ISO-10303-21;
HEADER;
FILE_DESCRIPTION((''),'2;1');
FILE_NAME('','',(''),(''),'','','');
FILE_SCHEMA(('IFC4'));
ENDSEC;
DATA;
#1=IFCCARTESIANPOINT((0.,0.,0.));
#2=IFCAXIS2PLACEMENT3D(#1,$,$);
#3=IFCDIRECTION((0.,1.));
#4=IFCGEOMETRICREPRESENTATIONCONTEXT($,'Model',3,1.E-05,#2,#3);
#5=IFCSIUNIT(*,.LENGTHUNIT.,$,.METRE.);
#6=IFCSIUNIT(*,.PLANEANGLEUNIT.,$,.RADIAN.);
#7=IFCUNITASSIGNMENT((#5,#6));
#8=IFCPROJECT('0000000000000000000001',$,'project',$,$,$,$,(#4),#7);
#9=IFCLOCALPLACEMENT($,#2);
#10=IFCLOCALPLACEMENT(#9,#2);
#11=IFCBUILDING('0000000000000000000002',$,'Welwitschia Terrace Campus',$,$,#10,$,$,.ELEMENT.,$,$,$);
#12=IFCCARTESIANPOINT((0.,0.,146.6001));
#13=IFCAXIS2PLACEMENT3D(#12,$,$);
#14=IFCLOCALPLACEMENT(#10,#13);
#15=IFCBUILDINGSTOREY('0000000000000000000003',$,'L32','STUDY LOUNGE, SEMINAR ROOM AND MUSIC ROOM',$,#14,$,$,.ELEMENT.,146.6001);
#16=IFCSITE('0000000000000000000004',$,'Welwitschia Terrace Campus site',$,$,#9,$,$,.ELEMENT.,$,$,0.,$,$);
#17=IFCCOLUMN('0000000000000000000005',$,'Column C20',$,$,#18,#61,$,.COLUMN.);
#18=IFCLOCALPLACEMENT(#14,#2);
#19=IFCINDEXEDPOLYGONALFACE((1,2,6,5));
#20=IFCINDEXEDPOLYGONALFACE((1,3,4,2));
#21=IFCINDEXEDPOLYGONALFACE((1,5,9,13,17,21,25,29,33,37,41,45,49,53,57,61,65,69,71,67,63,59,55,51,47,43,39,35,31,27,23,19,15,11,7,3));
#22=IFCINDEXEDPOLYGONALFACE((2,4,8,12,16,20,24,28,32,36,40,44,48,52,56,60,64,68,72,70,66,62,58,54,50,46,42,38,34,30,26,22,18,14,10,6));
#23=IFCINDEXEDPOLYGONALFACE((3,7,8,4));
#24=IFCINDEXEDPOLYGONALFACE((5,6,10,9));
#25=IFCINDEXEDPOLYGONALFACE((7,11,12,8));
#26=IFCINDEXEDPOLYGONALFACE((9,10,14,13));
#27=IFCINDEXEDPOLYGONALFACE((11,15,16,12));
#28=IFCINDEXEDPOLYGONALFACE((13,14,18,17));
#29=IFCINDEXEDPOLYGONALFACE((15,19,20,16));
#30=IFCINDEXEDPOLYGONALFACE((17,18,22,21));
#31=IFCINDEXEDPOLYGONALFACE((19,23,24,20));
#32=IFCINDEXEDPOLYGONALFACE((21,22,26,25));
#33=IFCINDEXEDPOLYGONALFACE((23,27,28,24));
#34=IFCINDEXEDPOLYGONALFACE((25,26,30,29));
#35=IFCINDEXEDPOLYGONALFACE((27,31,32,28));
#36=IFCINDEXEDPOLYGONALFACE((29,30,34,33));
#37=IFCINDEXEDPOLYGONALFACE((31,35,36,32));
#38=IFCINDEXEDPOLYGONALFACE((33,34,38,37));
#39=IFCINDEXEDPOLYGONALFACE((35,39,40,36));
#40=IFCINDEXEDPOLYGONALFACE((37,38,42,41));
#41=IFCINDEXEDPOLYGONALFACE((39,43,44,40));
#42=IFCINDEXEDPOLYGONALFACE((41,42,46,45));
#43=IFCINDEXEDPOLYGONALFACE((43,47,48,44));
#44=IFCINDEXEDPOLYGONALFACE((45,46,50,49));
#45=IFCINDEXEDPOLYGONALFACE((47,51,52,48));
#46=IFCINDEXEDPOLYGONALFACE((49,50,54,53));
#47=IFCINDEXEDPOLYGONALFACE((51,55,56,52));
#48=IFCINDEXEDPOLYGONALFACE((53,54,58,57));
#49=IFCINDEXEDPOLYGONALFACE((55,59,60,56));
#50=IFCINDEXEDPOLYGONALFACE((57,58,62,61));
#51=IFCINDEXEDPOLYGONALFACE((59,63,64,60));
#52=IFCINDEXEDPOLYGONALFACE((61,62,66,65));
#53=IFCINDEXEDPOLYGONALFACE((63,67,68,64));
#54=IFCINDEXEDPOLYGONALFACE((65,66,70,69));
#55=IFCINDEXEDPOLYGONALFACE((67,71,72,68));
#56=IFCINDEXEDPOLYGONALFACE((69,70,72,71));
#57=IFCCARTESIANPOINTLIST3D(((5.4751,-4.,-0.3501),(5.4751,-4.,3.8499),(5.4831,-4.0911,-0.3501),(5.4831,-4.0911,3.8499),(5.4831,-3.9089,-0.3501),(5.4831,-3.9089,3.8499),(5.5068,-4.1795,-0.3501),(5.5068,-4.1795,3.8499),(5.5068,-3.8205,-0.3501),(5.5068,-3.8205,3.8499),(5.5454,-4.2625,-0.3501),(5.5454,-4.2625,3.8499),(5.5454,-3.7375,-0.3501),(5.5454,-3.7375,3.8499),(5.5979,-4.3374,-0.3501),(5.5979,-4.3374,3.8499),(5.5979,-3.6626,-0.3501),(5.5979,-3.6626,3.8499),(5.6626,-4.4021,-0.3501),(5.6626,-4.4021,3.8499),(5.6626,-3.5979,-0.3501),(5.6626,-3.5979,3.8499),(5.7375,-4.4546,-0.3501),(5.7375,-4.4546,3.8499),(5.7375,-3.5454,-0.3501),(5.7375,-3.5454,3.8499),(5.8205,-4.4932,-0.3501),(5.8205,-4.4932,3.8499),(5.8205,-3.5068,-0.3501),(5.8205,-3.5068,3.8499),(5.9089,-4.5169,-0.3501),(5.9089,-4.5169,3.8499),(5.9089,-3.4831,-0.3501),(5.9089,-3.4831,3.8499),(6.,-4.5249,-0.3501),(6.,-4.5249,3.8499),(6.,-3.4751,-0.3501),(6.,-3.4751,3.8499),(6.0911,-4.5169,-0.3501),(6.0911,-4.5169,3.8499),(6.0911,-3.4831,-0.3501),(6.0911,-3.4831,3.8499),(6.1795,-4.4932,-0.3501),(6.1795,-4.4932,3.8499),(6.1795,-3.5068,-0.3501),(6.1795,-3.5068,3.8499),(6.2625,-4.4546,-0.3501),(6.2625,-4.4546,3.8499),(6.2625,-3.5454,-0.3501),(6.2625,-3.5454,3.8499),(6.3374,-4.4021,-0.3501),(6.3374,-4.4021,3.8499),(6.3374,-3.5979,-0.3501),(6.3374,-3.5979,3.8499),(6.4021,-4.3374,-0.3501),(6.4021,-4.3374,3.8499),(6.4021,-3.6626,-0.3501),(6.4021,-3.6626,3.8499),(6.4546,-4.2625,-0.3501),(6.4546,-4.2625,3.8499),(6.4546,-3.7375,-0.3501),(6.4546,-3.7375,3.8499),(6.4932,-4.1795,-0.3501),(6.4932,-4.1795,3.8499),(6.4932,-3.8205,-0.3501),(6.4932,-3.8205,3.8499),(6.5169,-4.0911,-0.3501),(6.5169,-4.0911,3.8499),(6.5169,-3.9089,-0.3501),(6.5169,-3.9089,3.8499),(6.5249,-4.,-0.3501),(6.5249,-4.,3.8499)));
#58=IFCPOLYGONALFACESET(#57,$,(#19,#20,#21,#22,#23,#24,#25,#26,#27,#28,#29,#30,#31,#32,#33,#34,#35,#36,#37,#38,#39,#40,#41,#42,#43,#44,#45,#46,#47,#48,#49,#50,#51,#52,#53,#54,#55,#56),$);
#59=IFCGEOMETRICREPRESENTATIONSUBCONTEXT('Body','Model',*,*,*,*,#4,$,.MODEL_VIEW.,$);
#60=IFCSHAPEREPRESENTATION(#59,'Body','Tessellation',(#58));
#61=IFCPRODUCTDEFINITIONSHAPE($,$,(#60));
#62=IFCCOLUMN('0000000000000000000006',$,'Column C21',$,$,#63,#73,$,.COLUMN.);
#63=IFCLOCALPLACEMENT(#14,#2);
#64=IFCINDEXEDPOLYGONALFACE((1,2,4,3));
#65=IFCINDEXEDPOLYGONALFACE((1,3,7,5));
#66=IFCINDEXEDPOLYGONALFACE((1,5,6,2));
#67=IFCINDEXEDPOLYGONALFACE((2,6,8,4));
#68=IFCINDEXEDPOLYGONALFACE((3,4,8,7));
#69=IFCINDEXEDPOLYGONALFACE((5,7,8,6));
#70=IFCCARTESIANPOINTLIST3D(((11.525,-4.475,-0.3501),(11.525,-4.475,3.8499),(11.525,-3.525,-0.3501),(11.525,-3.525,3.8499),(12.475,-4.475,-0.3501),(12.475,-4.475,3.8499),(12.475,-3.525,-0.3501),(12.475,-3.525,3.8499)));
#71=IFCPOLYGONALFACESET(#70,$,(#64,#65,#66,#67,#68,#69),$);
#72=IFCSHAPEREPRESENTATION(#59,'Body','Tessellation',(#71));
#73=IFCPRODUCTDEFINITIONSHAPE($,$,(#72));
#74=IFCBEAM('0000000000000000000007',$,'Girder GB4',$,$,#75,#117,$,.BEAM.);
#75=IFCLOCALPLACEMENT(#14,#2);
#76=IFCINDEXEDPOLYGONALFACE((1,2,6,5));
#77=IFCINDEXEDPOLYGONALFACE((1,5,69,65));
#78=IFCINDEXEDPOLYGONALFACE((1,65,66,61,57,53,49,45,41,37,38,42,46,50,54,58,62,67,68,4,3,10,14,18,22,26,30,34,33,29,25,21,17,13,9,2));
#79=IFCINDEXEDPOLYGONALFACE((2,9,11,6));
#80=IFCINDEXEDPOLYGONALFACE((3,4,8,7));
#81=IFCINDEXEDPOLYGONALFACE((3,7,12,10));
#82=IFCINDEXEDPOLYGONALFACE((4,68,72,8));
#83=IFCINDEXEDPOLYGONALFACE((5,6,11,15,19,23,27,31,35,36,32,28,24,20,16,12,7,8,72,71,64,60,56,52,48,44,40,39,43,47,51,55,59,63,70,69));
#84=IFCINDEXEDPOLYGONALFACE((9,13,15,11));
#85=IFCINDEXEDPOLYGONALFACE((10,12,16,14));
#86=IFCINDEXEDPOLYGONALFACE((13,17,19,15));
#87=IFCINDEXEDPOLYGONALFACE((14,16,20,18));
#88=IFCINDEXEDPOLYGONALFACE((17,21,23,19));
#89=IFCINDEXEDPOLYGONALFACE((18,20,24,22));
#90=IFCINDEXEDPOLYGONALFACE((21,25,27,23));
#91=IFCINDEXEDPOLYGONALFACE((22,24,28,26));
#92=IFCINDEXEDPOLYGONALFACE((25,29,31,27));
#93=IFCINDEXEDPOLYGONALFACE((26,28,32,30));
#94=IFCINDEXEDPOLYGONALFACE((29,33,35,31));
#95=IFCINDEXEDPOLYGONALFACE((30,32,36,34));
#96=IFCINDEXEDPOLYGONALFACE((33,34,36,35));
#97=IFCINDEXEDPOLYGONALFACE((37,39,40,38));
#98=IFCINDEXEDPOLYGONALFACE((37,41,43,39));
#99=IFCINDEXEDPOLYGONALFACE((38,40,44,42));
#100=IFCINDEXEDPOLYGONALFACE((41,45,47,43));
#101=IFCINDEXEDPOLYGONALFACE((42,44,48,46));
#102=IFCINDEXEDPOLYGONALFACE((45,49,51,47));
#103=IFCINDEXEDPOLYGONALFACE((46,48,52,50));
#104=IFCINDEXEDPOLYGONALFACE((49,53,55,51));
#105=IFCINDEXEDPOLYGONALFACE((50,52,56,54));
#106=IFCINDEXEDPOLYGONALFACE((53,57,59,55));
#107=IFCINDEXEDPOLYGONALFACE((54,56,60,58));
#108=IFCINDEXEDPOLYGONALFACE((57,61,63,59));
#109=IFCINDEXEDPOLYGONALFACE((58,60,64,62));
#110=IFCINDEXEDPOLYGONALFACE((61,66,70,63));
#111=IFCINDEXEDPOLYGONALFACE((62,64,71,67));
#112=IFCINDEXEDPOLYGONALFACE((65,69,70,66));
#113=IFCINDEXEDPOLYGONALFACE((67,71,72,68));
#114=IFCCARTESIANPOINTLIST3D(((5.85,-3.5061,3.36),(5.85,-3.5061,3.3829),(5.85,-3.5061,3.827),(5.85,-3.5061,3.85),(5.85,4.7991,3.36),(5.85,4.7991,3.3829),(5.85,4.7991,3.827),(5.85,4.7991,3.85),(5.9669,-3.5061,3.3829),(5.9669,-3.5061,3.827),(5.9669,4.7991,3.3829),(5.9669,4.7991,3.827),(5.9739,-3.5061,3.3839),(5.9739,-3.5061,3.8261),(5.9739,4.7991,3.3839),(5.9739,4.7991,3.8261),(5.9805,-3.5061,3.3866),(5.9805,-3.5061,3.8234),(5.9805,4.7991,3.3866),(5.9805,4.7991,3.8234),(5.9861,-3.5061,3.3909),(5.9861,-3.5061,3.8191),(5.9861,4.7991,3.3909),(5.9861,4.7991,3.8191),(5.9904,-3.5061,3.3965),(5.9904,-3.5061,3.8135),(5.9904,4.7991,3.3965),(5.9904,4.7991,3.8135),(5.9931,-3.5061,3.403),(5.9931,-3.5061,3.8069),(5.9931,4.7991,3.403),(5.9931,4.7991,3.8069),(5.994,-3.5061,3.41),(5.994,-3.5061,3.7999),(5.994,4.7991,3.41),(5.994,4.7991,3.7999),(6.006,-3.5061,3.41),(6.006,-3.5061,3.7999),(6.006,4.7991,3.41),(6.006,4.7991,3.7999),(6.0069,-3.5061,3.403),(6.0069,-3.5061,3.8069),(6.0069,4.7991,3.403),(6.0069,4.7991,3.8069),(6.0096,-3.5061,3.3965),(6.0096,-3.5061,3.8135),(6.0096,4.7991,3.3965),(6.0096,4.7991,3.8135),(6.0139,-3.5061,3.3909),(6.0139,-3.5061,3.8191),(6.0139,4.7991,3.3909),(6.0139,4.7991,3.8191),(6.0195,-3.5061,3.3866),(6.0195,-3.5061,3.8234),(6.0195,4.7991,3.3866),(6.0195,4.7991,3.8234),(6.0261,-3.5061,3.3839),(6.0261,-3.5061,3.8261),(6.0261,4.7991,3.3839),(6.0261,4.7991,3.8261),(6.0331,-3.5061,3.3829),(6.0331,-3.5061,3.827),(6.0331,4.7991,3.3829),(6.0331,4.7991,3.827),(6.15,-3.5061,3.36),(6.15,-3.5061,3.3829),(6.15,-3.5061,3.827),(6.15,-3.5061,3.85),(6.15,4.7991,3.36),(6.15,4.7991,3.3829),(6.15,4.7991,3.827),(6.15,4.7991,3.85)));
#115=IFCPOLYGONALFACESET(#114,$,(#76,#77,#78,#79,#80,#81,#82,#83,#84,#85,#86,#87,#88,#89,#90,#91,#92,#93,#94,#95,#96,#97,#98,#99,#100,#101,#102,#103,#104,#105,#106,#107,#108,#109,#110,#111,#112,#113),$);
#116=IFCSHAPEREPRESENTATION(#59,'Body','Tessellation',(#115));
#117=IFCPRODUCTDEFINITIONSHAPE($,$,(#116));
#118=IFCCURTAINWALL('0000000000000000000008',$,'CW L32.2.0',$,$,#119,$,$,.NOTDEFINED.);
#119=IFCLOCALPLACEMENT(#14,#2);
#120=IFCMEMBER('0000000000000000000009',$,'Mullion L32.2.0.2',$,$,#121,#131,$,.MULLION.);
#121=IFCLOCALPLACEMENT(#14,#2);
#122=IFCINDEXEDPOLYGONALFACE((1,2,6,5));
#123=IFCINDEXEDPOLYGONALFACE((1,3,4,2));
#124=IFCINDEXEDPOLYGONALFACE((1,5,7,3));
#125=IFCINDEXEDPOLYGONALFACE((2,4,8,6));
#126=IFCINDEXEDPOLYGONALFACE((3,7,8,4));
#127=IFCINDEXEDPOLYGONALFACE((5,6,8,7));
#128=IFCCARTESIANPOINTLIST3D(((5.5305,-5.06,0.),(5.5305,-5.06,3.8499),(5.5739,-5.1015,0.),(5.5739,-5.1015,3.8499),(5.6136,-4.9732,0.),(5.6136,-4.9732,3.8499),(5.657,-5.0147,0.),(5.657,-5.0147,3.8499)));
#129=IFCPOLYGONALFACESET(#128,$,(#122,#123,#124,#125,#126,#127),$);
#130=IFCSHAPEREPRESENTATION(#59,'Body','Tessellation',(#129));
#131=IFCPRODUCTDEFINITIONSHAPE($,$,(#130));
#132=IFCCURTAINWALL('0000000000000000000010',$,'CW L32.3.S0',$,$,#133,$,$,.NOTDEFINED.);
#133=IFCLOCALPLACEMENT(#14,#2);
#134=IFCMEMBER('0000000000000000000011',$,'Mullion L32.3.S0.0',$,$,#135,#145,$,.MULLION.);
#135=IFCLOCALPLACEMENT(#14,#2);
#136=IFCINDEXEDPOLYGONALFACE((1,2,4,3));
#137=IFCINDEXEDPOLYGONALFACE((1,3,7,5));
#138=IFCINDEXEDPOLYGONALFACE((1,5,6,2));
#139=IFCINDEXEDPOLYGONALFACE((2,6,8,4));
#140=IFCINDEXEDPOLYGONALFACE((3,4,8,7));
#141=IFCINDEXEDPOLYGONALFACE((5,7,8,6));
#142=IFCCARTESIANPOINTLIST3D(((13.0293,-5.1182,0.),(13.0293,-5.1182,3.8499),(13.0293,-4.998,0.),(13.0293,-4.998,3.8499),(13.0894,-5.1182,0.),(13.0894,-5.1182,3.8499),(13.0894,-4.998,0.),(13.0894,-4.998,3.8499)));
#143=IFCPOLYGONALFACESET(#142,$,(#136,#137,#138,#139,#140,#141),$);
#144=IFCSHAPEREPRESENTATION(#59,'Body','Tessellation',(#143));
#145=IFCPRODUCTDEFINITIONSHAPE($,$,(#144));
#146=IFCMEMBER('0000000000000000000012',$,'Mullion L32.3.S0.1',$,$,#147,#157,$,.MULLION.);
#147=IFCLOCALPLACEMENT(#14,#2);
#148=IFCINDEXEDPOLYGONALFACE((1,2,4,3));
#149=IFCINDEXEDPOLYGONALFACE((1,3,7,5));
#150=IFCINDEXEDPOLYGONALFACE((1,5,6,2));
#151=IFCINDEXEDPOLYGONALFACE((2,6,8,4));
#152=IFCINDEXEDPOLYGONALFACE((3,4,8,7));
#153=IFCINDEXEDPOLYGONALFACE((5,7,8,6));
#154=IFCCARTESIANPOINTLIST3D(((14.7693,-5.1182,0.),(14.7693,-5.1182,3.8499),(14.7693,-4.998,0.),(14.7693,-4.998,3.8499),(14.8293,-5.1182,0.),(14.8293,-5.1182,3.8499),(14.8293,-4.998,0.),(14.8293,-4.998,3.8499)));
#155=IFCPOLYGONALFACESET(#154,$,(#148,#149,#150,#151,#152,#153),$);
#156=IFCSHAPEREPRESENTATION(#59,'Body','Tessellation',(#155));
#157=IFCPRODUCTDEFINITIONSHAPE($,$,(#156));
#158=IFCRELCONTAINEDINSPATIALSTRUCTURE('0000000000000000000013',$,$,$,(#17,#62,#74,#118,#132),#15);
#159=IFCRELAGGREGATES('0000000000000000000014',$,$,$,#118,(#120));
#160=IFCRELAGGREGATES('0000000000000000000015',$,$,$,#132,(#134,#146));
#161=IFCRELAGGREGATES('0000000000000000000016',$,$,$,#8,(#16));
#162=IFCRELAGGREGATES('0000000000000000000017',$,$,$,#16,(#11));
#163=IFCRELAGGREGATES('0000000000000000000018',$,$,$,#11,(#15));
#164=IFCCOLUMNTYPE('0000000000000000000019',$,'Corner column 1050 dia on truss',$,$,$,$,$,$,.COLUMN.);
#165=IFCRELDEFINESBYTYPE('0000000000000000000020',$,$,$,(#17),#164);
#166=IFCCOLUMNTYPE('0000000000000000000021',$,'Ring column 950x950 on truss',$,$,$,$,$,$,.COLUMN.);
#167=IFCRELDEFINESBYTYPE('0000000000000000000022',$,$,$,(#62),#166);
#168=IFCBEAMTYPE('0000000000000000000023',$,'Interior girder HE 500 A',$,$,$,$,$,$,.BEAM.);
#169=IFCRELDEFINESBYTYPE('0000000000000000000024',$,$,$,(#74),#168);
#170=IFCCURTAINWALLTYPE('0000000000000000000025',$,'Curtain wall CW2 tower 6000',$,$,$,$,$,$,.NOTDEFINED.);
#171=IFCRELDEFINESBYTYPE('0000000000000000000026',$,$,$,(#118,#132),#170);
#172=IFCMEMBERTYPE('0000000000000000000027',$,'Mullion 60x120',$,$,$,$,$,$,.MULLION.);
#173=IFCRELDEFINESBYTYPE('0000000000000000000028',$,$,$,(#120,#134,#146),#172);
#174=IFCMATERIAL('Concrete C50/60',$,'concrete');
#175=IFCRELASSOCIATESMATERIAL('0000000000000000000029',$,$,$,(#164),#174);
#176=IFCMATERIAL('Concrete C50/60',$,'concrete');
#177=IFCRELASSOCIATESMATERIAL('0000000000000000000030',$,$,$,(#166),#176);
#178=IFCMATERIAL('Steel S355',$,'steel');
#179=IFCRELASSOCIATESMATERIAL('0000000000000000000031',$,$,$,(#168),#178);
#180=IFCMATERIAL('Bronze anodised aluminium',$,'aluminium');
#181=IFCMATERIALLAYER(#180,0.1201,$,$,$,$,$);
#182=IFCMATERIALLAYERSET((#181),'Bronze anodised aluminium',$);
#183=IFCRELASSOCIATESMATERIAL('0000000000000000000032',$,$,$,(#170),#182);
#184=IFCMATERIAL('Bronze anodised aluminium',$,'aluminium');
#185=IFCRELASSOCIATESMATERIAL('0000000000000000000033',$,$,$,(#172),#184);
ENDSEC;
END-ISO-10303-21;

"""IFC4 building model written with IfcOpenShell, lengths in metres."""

from ifc_helpers import new_model, si_unit, direction, frame, origin, origin_2d, place, context, subcontext, project, spatial, rectangle, circle, i_section, extrude, material, layer, layer_set, material_profile, profile_set, type_object, element, aggregate, save


model = new_model("IFC4")

# Units and contexts
model_context = context("Model", 3, precision=1e-05, world=origin(), true_north=direction((0.0, 1.0)))
body_context = subcontext(model_context, "Body", "Model", "MODEL_VIEW")
ifc_project = project(units=[si_unit("LENGTHUNIT", "METRE"), si_unit("PLANEANGLEUNIT", "RADIAN")], contexts=[model_context])

# Site, building, storey
site_placement = place(None, origin())
site = spatial("IfcSite", under=ifc_project, at=site_placement, Name="Welwitschia Terrace Campus site", CompositionType="ELEMENT", RefElevation=0.0)
building_placement = place(site_placement, origin())
building = spatial("IfcBuilding", under=site, at=building_placement, Name="Welwitschia Terrace Campus", CompositionType="ELEMENT")
storey_placement = place(building_placement, frame((0.0, 0.0, 146.6001)))
storey = spatial("IfcBuildingStorey", under=building, at=storey_placement, Name="L32", Description="STUDY LOUNGE, SEMINAR ROOM AND MUSIC ROOM", CompositionType="ELEMENT", Elevation=146.6001)

# Columns
ifc_material_1 = material(Name="Concrete C50/60", Category="concrete")
ifc_material_profile_1 = material_profile(ifc_material_1, circle(Radius=0.5249, at=origin_2d()))
ifc_profile_set_1 = profile_set([ifc_material_profile_1], Name="Concrete C50/60")
column_type_1 = type_object("IfcColumnType", Name="Corner column 1050 dia on truss", PredefinedType="COLUMN", material=ifc_profile_set_1)
column_1_placement = place(storey_placement, frame((6.0, -4.0, -0.3501), z_axis=(0.0, 0.0, 1.0), x_axis=(1.0, 0.0, 0.0)))
element("IfcColumn", 1, at=column_1_placement, inside=storey, type_object=column_type_1, Name="Column C20", PredefinedType="COLUMN", context=body_context, shape_type="SweptSolid", body=[
    extrude(circle(Radius=0.5249, at=origin_2d()), origin(), (0.0, 0.0, 1.0), 4.2),
])
ifc_material_2 = material(Name="Concrete C50/60", Category="concrete")
ifc_material_profile_2 = material_profile(ifc_material_2, rectangle(XDim=0.95, YDim=0.95, at=origin_2d()))
ifc_profile_set_2 = profile_set([ifc_material_profile_2], Name="Concrete C50/60")
column_type_2 = type_object("IfcColumnType", Name="Ring column 950x950 on truss", PredefinedType="COLUMN", material=ifc_profile_set_2)
column_2_placement = place(storey_placement, frame((12.0, -4.0, -0.3501), z_axis=(0.0, 0.0, 1.0), x_axis=(1.0, 0.0, 0.0)))
element("IfcColumn", 2, at=column_2_placement, inside=storey, type_object=column_type_2, Name="Column C21", PredefinedType="COLUMN", context=body_context, shape_type="SweptSolid", body=[
    extrude(rectangle(XDim=0.95, YDim=0.95, at=origin_2d()), origin(), (0.0, 0.0, 1.0), 4.2),
])

# Beam
ifc_material_3 = material(Name="Steel S355", Category="steel")
ifc_material_profile_3 = material_profile(ifc_material_3, i_section(OverallWidth=0.3, OverallDepth=0.49, WebThickness=0.012, FlangeThickness=0.0229, FilletRadius=0.0271, at=origin_2d()))
ifc_profile_set_3 = profile_set([ifc_material_profile_3], Name="Steel S355")
beam_type_1 = type_object("IfcBeamType", Name="Interior girder HE 500 A", PredefinedType="BEAM", material=ifc_profile_set_3)
beam_1_placement = place(storey_placement, frame((6.0, -3.5061, 3.605), z_axis=(0.0, 1.0, 0.0), x_axis=(-1.0, 0.0, 0.0)))
element("IfcBeam", 3, at=beam_1_placement, inside=storey, type_object=beam_type_1, Name="Girder GB4", PredefinedType="BEAM", context=body_context, shape_type="SweptSolid", body=[
    extrude(i_section(OverallWidth=0.3, OverallDepth=0.49, WebThickness=0.012, FlangeThickness=0.0229, FilletRadius=0.0271, at=origin_2d()), origin(), (0.0, 0.0, 1.0), 8.3052),
])

# Curtain wall, member
ifc_material_4 = material(Name="Bronze anodised aluminium", Category="aluminium")
ifc_layer_1 = layer(ifc_material_4, 0.1201)
ifc_layer_set_1 = layer_set([ifc_layer_1], Name="Bronze anodised aluminium")
curtain_wall_type = type_object("IfcCurtainWallType", Name="Curtain wall CW2 tower 6000", PredefinedType="NOTDEFINED", material=ifc_layer_set_1)
curtain_wall_1_placement = place(storey_placement, origin())
curtain_wall_1 = element("IfcCurtainWall", 4, at=curtain_wall_1_placement, inside=storey, type_object=curtain_wall_type, Name="CW L32.2.0", PredefinedType="NOTDEFINED")
ifc_material_5 = material(Name="Bronze anodised aluminium", Category="aluminium")
ifc_material_profile_4 = material_profile(ifc_material_5, rectangle(XDim=0.1201, YDim=0.0601, at=origin_2d()))
ifc_profile_set_4 = profile_set([ifc_material_profile_4], Name="Bronze anodised aluminium")
member_type_1 = type_object("IfcMemberType", Name="Mullion 60x120", PredefinedType="MULLION", material=ifc_profile_set_4)
member_1_placement = place(storey_placement, frame((5.5938, -5.0374, 0.0), z_axis=(0.0, 0.0, 1.0), x_axis=(0.691279, 0.722588, 0.0)))
member_1 = element("IfcMember", 5, at=member_1_placement, type_object=member_type_1, Name="Mullion L32.2.0.2", PredefinedType="MULLION", context=body_context, shape_type="SweptSolid", body=[
    extrude(rectangle(XDim=0.1201, YDim=0.0601, at=origin_2d()), origin(), (0.0, 0.0, 1.0), 3.8499),
])

# Curtain wall, members
curtain_wall_2_placement = place(storey_placement, origin())
curtain_wall_2 = element("IfcCurtainWall", 6, at=curtain_wall_2_placement, inside=storey, type_object=curtain_wall_type, Name="CW L32.3.S0", PredefinedType="NOTDEFINED")
member_2_placement = place(storey_placement, frame((13.0593, -5.0581, 0.0), z_axis=(0.0, 0.0, 1.0), x_axis=(0.0, 1.0, 0.0)))
member_2 = element("IfcMember", 7, at=member_2_placement, type_object=member_type_1, Name="Mullion L32.3.S0.0", PredefinedType="MULLION", context=body_context, shape_type="SweptSolid", body=[
    extrude(rectangle(XDim=0.1201, YDim=0.0601, at=origin_2d()), origin(), (0.0, 0.0, 1.0), 3.8499),
])
member_3_placement = place(storey_placement, frame((14.7993, -5.0581, 0.0), z_axis=(0.0, 0.0, 1.0), x_axis=(0.0, 1.0, 0.0)))
member_3 = element("IfcMember", 8, at=member_3_placement, type_object=member_type_1, Name="Mullion L32.3.S0.1", PredefinedType="MULLION", context=body_context, shape_type="SweptSolid", body=[
    extrude(rectangle(XDim=0.1201, YDim=0.0601, at=origin_2d()), origin(), (0.0, 0.0, 1.0), 3.8499),
])

aggregate(curtain_wall_1, [member_1])
aggregate(curtain_wall_2, [member_2, member_3])

save(model, "model.ifc")
